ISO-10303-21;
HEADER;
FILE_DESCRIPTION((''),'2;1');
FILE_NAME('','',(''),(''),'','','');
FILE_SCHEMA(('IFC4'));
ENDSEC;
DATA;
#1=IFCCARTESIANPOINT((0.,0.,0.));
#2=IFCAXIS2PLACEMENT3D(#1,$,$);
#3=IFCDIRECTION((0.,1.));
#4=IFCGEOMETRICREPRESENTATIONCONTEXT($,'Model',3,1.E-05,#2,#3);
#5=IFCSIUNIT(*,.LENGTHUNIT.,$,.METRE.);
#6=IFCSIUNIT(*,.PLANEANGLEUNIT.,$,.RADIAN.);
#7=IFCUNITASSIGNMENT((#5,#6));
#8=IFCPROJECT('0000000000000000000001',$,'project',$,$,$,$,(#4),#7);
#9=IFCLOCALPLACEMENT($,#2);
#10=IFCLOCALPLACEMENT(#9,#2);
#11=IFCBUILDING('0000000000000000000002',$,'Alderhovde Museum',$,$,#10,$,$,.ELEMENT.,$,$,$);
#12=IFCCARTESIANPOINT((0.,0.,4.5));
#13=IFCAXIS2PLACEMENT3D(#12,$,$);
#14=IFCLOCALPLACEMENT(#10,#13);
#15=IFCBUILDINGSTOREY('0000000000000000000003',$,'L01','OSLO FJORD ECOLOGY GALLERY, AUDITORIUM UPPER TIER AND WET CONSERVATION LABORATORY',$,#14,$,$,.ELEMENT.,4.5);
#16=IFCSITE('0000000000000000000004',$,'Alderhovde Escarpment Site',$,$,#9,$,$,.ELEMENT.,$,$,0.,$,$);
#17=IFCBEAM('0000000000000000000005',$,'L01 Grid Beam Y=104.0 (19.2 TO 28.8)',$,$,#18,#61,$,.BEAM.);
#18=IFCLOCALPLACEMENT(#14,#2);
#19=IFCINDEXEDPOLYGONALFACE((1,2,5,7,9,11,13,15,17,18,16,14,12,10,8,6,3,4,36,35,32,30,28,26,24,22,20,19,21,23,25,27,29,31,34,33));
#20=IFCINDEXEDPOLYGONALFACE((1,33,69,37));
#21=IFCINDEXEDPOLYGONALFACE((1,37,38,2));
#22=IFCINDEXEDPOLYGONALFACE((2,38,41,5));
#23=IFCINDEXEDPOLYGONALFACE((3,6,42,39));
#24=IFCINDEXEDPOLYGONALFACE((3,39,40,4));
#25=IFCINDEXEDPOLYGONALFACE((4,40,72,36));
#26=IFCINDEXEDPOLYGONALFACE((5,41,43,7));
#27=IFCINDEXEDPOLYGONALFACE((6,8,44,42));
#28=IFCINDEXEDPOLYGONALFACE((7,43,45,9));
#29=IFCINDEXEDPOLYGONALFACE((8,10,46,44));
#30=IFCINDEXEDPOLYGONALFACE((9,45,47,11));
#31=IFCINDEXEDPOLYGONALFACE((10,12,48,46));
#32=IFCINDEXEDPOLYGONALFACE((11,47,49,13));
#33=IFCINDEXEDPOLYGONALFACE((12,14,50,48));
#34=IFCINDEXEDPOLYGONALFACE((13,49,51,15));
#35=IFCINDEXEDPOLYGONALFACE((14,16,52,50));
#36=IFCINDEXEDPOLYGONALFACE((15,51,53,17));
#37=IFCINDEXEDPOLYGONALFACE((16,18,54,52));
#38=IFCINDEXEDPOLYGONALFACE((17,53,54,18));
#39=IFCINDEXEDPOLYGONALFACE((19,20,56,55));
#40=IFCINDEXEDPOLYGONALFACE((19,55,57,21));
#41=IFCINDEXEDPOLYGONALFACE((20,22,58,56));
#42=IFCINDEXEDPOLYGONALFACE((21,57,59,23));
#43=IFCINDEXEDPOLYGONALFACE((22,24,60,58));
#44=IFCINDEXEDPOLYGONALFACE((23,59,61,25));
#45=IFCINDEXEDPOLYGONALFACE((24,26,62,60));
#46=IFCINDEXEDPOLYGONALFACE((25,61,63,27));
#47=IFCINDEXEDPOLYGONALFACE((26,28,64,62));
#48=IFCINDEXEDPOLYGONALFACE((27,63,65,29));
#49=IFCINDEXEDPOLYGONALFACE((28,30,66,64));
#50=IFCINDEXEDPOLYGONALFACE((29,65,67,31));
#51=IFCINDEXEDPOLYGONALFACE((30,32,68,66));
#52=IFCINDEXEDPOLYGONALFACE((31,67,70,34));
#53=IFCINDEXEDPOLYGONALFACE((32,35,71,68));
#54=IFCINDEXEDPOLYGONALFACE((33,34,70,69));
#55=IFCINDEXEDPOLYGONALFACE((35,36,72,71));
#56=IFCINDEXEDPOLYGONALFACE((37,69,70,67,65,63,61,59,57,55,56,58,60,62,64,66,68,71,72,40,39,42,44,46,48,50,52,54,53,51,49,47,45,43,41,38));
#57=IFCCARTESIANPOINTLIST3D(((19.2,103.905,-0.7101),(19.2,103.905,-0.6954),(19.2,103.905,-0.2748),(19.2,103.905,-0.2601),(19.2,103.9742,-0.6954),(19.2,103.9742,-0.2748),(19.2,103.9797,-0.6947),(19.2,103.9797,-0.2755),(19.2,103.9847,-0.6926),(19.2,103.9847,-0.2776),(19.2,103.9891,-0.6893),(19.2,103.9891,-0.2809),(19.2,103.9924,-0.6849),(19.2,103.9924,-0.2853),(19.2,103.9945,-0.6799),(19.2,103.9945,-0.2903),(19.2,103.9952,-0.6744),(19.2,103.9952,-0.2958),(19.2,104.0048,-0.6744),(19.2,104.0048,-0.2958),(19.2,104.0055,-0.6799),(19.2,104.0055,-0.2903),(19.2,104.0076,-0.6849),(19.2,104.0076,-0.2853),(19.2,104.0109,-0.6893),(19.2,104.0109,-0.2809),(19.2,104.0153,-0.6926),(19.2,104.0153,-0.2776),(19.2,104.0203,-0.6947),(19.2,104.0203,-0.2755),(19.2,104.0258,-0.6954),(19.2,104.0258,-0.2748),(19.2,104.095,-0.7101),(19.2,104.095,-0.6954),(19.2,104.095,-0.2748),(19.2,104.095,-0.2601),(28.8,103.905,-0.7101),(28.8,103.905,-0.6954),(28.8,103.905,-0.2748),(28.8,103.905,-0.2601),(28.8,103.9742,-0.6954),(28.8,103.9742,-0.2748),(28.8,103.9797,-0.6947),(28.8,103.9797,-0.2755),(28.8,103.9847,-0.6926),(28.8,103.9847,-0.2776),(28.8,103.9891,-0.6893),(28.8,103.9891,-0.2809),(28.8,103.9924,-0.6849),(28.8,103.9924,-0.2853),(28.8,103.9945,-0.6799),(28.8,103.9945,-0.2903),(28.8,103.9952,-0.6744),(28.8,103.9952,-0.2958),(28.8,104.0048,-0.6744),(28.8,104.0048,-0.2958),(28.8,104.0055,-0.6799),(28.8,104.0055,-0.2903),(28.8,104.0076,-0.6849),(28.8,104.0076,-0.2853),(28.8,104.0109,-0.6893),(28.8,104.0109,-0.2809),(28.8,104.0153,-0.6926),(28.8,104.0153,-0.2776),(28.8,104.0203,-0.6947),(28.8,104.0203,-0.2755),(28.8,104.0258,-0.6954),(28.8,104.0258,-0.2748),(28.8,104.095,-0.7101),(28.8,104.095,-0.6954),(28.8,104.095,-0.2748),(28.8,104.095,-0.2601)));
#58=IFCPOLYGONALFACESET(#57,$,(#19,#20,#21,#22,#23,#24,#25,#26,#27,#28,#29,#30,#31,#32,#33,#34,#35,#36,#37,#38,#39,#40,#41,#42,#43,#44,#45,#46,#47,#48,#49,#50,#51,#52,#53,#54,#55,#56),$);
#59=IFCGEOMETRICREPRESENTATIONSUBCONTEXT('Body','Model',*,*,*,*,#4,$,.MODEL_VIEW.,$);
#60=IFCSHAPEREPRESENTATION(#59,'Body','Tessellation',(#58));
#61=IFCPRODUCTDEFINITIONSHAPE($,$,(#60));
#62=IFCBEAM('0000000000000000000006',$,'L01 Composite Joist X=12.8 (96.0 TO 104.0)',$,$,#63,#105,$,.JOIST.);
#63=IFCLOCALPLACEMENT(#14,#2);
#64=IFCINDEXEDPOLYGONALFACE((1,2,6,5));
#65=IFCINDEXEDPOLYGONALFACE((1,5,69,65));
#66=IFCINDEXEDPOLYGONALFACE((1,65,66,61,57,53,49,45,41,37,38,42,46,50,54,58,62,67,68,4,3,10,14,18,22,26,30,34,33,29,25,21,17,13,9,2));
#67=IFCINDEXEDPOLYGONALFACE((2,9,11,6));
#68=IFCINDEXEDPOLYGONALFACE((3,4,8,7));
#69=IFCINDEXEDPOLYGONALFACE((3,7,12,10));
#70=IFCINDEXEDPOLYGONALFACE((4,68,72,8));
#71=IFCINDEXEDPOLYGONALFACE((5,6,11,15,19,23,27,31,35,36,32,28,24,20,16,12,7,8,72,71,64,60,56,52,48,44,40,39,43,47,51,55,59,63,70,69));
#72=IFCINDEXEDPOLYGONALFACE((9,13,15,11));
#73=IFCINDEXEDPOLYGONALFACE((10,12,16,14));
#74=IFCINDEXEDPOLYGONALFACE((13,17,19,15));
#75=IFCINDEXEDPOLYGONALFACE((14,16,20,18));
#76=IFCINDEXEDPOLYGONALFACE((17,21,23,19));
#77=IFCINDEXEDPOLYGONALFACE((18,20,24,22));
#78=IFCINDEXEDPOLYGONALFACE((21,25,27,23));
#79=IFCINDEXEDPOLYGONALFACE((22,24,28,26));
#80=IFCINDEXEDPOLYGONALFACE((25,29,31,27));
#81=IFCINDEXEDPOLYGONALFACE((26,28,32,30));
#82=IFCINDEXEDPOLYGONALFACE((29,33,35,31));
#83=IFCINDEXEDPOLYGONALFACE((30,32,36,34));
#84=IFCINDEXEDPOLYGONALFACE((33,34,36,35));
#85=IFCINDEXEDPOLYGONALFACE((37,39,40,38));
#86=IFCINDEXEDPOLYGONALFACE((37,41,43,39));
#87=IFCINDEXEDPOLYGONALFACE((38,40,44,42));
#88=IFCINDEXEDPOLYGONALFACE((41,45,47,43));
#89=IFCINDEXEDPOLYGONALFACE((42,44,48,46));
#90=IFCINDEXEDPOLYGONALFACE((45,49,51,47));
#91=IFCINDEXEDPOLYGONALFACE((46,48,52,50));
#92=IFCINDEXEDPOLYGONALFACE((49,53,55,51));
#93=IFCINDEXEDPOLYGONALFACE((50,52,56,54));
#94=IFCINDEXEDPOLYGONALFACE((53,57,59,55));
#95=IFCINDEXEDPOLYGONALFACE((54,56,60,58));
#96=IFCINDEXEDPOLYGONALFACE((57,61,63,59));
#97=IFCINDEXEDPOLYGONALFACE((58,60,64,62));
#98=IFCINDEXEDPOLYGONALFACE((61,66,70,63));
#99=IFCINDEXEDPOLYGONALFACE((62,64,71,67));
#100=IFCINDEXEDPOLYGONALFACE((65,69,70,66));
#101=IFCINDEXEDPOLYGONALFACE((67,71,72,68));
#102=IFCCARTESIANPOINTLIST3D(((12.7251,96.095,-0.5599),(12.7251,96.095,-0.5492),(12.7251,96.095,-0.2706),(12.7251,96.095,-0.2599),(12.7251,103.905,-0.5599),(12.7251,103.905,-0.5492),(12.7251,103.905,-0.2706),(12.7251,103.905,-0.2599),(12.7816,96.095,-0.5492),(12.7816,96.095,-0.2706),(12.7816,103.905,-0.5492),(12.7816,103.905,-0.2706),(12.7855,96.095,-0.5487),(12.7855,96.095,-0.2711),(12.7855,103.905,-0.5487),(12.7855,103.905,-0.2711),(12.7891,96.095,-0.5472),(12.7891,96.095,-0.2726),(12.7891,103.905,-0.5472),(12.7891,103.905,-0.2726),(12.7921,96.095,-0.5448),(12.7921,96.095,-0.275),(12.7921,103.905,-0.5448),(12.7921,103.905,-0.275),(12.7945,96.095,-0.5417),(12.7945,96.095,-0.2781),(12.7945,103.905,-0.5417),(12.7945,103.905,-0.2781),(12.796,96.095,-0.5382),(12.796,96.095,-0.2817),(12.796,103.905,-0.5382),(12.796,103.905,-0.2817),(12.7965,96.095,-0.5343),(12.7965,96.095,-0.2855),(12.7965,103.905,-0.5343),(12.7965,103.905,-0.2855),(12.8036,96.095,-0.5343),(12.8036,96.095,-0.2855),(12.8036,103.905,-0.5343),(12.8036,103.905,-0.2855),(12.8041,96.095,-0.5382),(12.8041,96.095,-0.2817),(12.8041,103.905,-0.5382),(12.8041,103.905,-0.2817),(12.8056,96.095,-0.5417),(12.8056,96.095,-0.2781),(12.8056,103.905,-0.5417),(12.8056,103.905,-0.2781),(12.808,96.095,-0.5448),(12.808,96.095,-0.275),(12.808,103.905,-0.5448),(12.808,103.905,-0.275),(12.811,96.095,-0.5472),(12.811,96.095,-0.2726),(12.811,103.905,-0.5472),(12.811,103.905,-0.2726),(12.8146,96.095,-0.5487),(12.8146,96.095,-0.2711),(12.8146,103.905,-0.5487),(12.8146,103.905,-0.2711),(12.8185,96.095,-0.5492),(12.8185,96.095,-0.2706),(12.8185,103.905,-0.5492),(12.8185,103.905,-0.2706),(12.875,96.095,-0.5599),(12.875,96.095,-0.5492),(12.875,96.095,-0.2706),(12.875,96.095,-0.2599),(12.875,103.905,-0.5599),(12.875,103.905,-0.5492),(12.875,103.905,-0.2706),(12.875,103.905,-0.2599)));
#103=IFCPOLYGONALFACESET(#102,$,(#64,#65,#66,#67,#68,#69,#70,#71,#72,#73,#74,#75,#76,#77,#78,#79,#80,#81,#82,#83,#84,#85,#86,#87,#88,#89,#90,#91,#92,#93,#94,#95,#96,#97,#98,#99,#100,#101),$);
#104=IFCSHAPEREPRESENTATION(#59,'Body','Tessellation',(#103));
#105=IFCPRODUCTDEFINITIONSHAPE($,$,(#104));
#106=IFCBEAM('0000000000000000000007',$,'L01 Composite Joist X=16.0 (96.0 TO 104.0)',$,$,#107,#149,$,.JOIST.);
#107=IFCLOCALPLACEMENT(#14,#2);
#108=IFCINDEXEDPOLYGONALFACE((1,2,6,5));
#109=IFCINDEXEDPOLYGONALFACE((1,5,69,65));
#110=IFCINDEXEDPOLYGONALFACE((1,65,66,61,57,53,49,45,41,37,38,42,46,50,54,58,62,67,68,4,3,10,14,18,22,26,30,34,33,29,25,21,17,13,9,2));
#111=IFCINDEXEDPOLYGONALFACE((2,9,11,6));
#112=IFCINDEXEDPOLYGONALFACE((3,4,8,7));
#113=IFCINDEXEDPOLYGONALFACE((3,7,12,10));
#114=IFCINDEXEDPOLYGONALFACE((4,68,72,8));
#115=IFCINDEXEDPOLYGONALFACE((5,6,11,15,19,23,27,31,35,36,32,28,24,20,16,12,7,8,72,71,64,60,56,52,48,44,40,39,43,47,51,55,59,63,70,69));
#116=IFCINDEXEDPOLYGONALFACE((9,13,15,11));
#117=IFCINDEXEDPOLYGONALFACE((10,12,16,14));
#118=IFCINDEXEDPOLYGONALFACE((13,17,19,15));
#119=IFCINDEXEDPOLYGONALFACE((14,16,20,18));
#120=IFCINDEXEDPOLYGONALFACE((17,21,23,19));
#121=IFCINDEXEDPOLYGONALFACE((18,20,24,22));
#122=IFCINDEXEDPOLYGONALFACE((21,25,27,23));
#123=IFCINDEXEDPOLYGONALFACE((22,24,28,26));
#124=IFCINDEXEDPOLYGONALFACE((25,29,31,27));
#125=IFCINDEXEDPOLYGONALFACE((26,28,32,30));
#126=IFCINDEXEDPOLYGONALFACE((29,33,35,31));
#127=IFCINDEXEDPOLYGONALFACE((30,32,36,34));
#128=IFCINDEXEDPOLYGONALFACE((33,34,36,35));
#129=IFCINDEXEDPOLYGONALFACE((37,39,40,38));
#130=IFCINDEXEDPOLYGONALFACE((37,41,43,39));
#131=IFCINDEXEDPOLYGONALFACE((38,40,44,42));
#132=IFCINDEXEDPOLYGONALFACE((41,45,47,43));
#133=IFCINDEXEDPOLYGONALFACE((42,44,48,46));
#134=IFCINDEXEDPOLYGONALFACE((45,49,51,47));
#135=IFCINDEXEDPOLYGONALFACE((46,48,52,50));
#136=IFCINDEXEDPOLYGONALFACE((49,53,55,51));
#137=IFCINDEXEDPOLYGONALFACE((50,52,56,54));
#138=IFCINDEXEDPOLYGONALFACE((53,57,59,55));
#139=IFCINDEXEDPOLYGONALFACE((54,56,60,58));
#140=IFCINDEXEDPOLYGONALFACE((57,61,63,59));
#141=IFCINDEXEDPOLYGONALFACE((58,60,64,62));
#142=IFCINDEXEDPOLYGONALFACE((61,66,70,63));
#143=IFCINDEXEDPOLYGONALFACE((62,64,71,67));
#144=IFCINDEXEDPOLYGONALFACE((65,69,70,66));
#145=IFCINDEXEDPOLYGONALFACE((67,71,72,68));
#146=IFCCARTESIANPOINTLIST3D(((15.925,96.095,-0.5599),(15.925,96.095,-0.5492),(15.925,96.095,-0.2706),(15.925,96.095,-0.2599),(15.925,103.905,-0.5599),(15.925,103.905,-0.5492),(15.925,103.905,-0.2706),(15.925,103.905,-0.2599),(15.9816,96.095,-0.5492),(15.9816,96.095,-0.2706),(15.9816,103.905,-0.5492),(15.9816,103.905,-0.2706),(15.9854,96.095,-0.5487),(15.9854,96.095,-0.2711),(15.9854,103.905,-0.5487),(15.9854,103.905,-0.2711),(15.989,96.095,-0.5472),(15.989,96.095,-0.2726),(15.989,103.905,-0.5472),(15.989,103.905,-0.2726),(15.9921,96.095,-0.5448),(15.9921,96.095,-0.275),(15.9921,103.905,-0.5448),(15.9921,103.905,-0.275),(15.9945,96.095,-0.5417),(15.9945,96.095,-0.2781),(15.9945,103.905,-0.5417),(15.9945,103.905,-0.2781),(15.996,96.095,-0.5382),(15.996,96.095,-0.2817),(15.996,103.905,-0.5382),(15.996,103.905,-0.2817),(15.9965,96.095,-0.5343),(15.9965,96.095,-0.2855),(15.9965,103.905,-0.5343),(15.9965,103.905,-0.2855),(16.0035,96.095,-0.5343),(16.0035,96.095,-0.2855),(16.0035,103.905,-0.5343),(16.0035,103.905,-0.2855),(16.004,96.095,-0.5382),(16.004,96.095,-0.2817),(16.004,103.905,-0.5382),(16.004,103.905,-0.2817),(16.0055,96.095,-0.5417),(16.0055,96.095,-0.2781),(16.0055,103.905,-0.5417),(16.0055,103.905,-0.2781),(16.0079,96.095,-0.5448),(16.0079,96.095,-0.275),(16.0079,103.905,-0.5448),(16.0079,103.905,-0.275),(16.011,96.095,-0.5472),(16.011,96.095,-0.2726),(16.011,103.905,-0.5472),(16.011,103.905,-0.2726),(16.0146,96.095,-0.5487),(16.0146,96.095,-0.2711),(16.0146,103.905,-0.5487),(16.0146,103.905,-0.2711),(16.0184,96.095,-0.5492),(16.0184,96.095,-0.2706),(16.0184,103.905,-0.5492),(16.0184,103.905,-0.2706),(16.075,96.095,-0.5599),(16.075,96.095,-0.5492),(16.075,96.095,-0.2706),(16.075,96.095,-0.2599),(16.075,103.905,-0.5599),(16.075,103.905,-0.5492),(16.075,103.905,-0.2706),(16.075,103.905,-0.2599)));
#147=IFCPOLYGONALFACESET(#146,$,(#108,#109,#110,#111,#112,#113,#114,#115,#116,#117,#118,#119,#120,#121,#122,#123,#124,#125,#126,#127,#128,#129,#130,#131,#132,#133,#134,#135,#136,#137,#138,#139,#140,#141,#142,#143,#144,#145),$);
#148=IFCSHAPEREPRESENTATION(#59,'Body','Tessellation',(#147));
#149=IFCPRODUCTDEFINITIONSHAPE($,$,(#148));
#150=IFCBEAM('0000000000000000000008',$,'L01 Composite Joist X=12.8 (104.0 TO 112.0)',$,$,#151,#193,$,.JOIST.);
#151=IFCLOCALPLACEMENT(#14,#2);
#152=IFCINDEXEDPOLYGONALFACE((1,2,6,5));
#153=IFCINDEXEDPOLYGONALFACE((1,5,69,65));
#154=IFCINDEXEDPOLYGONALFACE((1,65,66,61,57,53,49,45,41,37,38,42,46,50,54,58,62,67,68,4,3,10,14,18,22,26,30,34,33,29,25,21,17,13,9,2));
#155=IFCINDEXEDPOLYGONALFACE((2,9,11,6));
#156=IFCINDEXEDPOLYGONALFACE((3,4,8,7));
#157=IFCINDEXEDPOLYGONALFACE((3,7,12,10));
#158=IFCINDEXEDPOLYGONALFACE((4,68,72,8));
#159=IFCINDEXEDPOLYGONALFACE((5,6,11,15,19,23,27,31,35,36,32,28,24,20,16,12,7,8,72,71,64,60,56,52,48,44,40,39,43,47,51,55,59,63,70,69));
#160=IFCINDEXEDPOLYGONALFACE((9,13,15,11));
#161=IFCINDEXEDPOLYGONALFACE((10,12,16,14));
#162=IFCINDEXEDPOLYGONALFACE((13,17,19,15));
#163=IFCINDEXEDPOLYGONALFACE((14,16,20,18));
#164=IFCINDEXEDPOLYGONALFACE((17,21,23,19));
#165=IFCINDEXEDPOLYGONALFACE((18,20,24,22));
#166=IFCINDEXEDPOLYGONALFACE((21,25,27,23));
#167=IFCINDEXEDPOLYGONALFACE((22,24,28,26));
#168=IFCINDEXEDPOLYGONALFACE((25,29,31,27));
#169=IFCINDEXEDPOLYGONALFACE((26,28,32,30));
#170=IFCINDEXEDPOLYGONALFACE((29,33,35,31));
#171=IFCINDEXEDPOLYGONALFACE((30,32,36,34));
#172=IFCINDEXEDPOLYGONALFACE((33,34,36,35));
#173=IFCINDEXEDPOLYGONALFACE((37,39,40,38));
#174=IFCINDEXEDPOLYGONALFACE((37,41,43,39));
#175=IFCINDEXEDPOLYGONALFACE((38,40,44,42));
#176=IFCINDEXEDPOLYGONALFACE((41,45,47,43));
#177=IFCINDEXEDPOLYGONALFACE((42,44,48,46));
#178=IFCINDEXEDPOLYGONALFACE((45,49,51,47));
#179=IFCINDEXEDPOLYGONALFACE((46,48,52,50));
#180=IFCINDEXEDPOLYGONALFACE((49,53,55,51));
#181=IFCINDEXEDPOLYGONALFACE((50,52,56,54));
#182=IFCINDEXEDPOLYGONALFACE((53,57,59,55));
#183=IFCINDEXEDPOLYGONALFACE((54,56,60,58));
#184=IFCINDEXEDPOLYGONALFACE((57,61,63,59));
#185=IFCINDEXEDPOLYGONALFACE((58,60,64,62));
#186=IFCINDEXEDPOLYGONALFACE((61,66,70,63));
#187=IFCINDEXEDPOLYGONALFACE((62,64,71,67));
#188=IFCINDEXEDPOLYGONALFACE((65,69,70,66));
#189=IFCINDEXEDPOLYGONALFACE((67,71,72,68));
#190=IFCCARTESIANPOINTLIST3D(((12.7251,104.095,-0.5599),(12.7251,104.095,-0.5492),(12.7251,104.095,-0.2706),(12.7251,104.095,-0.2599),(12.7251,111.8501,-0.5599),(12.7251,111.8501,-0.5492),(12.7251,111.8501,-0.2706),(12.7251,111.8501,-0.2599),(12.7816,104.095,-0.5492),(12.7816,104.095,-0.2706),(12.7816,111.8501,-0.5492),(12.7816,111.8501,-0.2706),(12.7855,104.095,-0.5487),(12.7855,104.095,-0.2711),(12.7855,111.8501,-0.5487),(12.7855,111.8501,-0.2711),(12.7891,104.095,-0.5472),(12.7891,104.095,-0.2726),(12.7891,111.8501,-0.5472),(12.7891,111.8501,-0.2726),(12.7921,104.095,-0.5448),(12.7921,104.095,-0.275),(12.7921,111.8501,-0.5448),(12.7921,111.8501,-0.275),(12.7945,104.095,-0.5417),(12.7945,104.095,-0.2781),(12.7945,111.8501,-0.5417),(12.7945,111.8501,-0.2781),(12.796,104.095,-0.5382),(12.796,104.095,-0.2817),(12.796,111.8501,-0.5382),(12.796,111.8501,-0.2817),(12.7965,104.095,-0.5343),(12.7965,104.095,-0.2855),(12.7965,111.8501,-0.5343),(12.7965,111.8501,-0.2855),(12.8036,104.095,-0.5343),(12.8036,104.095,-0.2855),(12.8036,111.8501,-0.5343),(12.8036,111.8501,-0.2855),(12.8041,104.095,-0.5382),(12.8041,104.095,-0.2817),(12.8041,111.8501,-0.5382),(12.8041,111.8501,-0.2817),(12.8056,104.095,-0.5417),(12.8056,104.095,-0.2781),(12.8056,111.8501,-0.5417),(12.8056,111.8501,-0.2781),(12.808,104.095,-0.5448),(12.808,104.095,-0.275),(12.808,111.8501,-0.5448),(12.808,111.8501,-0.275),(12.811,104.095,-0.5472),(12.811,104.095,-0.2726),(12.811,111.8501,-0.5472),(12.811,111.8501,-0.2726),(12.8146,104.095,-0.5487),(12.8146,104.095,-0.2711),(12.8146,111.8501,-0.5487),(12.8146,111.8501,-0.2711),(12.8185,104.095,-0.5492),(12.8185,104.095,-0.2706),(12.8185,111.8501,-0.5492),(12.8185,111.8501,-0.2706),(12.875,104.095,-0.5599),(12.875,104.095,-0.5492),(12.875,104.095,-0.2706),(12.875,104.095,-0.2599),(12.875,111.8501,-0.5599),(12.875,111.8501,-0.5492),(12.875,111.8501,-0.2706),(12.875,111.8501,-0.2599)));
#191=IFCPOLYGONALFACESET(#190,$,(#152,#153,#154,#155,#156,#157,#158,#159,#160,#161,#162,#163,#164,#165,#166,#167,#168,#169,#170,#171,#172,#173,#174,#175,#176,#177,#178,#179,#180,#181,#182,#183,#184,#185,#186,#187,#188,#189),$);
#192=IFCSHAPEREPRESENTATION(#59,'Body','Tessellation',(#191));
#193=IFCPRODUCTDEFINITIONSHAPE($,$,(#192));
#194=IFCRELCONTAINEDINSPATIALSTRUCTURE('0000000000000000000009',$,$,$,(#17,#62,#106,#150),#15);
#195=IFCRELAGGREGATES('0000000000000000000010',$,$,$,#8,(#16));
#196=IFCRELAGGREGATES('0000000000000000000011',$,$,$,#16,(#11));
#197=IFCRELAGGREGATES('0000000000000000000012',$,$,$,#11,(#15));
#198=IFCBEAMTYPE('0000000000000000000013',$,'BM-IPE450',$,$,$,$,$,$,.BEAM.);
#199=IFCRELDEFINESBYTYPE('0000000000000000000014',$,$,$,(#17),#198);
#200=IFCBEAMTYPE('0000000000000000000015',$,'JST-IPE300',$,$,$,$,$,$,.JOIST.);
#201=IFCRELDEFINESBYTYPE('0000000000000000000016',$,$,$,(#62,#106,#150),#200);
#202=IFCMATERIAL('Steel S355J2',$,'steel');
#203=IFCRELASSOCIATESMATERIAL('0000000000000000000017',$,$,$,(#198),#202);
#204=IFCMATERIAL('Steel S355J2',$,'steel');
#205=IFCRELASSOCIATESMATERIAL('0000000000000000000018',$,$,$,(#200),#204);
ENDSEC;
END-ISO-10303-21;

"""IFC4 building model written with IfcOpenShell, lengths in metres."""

from ifc_helpers import new_model, si_unit, direction, frame, origin, origin_2d, place, context, subcontext, project, spatial, i_section, extrude, material, material_profile, profile_set, type_object, element, save


model = new_model("IFC4")

# Units and contexts
model_context = context("Model", 3, precision=1e-05, world=origin(), true_north=direction((0.0, 1.0)))
body_context = subcontext(model_context, "Body", "Model", "MODEL_VIEW")
ifc_project = project(units=[si_unit("LENGTHUNIT", "METRE"), si_unit("PLANEANGLEUNIT", "RADIAN")], contexts=[model_context])

# Site, building, storey
site_placement = place(None, origin())
site = spatial("IfcSite", under=ifc_project, at=site_placement, Name="Alderhovde Escarpment Site", CompositionType="ELEMENT", RefElevation=0.0)
building_placement = place(site_placement, origin())
building = spatial("IfcBuilding", under=site, at=building_placement, Name="Alderhovde Museum", CompositionType="ELEMENT")
storey_placement = place(building_placement, frame((0.0, 0.0, 4.5)))
storey = spatial("IfcBuildingStorey", under=building, at=storey_placement, Name="L01", Description="OSLO FJORD ECOLOGY GALLERY, AUDITORIUM UPPER TIER AND WET CONSERVATION LABORATORY", CompositionType="ELEMENT", Elevation=4.5)

# Beams
ifc_material_1 = material(Name="Steel S355J2", Category="steel")
ifc_material_profile_1 = material_profile(ifc_material_1, i_section(OverallWidth=0.1899, OverallDepth=0.45, WebThickness=0.0095, FlangeThickness=0.0146, FilletRadius=0.021, at=origin_2d()), Name="IPE 450")
ifc_profile_set_1 = profile_set([ifc_material_profile_1], Name="Steel S355J2")
beam_type_1 = type_object("IfcBeamType", Name="BM-IPE450", PredefinedType="BEAM", material=ifc_profile_set_1)
beam_1_placement = place(storey_placement, frame((19.2, 104.0, -0.4851), z_axis=(1.0, 0.0, 0.0), x_axis=(0.0, 1.0, 0.0)))
element("IfcBeam", 1, at=beam_1_placement, inside=storey, type_object=beam_type_1, Name="L01 Grid Beam Y=104.0 (19.2 TO 28.8)", PredefinedType="BEAM", context=body_context, shape_type="SweptSolid", body=[
    extrude(i_section(OverallWidth=0.1899, OverallDepth=0.45, WebThickness=0.0095, FlangeThickness=0.0146, FilletRadius=0.021, at=origin_2d()), origin(), (0.0, 0.0, 1.0), 9.6001),
])
ifc_material_2 = material(Name="Steel S355J2", Category="steel")
ifc_material_profile_2 = material_profile(ifc_material_2, i_section(OverallWidth=0.1499, OverallDepth=0.3, WebThickness=0.0071, FlangeThickness=0.0107, FilletRadius=0.0149, at=origin_2d()), Name="IPE 300")
ifc_profile_set_2 = profile_set([ifc_material_profile_2], Name="Steel S355J2")
beam_type_2 = type_object("IfcBeamType", Name="JST-IPE300", PredefinedType="JOIST", material=ifc_profile_set_2)
for number, where, z_axis, x_axis, name in (
    (2, (12.8, 96.095, -0.4099), (0.0, 1.0, 0.0), (-1.0, 0.0, 0.0), "L01 Composite Joist X=12.8 (96.0 TO 104.0)"),
    (3, (16.0, 96.095, -0.4099), (0.0, 1.0, 0.0), (-1.0, 0.0, 0.0), "L01 Composite Joist X=16.0 (96.0 TO 104.0)"),
):
    element("IfcBeam", number, at=place(storey_placement, frame(where, z_axis=z_axis, x_axis=x_axis)), inside=storey, type_object=beam_type_2, Name=name, PredefinedType="JOIST", context=body_context, shape_type="SweptSolid", body=[
        extrude(i_section(OverallWidth=0.1499, OverallDepth=0.3, WebThickness=0.0071, FlangeThickness=0.0107, FilletRadius=0.0149, at=origin_2d()), origin(), (0.0, 0.0, 1.0), 7.8101),
    ])
for number, where, z_axis, x_axis, name in (
    (4, (12.8, 104.095, -0.4099), (0.0, 1.0, 0.0), (-1.0, 0.0, 0.0), "L01 Composite Joist X=12.8 (104.0 TO 112.0)"),
):
    element("IfcBeam", number, at=place(storey_placement, frame(where, z_axis=z_axis, x_axis=x_axis)), inside=storey, type_object=beam_type_2, Name=name, PredefinedType="JOIST", context=body_context, shape_type="SweptSolid", body=[
        extrude(i_section(OverallWidth=0.1499, OverallDepth=0.3, WebThickness=0.0071, FlangeThickness=0.0107, FilletRadius=0.0149, at=origin_2d()), origin(), (0.0, 0.0, 1.0), 7.7551),
    ])

save(model, "model.ifc")
